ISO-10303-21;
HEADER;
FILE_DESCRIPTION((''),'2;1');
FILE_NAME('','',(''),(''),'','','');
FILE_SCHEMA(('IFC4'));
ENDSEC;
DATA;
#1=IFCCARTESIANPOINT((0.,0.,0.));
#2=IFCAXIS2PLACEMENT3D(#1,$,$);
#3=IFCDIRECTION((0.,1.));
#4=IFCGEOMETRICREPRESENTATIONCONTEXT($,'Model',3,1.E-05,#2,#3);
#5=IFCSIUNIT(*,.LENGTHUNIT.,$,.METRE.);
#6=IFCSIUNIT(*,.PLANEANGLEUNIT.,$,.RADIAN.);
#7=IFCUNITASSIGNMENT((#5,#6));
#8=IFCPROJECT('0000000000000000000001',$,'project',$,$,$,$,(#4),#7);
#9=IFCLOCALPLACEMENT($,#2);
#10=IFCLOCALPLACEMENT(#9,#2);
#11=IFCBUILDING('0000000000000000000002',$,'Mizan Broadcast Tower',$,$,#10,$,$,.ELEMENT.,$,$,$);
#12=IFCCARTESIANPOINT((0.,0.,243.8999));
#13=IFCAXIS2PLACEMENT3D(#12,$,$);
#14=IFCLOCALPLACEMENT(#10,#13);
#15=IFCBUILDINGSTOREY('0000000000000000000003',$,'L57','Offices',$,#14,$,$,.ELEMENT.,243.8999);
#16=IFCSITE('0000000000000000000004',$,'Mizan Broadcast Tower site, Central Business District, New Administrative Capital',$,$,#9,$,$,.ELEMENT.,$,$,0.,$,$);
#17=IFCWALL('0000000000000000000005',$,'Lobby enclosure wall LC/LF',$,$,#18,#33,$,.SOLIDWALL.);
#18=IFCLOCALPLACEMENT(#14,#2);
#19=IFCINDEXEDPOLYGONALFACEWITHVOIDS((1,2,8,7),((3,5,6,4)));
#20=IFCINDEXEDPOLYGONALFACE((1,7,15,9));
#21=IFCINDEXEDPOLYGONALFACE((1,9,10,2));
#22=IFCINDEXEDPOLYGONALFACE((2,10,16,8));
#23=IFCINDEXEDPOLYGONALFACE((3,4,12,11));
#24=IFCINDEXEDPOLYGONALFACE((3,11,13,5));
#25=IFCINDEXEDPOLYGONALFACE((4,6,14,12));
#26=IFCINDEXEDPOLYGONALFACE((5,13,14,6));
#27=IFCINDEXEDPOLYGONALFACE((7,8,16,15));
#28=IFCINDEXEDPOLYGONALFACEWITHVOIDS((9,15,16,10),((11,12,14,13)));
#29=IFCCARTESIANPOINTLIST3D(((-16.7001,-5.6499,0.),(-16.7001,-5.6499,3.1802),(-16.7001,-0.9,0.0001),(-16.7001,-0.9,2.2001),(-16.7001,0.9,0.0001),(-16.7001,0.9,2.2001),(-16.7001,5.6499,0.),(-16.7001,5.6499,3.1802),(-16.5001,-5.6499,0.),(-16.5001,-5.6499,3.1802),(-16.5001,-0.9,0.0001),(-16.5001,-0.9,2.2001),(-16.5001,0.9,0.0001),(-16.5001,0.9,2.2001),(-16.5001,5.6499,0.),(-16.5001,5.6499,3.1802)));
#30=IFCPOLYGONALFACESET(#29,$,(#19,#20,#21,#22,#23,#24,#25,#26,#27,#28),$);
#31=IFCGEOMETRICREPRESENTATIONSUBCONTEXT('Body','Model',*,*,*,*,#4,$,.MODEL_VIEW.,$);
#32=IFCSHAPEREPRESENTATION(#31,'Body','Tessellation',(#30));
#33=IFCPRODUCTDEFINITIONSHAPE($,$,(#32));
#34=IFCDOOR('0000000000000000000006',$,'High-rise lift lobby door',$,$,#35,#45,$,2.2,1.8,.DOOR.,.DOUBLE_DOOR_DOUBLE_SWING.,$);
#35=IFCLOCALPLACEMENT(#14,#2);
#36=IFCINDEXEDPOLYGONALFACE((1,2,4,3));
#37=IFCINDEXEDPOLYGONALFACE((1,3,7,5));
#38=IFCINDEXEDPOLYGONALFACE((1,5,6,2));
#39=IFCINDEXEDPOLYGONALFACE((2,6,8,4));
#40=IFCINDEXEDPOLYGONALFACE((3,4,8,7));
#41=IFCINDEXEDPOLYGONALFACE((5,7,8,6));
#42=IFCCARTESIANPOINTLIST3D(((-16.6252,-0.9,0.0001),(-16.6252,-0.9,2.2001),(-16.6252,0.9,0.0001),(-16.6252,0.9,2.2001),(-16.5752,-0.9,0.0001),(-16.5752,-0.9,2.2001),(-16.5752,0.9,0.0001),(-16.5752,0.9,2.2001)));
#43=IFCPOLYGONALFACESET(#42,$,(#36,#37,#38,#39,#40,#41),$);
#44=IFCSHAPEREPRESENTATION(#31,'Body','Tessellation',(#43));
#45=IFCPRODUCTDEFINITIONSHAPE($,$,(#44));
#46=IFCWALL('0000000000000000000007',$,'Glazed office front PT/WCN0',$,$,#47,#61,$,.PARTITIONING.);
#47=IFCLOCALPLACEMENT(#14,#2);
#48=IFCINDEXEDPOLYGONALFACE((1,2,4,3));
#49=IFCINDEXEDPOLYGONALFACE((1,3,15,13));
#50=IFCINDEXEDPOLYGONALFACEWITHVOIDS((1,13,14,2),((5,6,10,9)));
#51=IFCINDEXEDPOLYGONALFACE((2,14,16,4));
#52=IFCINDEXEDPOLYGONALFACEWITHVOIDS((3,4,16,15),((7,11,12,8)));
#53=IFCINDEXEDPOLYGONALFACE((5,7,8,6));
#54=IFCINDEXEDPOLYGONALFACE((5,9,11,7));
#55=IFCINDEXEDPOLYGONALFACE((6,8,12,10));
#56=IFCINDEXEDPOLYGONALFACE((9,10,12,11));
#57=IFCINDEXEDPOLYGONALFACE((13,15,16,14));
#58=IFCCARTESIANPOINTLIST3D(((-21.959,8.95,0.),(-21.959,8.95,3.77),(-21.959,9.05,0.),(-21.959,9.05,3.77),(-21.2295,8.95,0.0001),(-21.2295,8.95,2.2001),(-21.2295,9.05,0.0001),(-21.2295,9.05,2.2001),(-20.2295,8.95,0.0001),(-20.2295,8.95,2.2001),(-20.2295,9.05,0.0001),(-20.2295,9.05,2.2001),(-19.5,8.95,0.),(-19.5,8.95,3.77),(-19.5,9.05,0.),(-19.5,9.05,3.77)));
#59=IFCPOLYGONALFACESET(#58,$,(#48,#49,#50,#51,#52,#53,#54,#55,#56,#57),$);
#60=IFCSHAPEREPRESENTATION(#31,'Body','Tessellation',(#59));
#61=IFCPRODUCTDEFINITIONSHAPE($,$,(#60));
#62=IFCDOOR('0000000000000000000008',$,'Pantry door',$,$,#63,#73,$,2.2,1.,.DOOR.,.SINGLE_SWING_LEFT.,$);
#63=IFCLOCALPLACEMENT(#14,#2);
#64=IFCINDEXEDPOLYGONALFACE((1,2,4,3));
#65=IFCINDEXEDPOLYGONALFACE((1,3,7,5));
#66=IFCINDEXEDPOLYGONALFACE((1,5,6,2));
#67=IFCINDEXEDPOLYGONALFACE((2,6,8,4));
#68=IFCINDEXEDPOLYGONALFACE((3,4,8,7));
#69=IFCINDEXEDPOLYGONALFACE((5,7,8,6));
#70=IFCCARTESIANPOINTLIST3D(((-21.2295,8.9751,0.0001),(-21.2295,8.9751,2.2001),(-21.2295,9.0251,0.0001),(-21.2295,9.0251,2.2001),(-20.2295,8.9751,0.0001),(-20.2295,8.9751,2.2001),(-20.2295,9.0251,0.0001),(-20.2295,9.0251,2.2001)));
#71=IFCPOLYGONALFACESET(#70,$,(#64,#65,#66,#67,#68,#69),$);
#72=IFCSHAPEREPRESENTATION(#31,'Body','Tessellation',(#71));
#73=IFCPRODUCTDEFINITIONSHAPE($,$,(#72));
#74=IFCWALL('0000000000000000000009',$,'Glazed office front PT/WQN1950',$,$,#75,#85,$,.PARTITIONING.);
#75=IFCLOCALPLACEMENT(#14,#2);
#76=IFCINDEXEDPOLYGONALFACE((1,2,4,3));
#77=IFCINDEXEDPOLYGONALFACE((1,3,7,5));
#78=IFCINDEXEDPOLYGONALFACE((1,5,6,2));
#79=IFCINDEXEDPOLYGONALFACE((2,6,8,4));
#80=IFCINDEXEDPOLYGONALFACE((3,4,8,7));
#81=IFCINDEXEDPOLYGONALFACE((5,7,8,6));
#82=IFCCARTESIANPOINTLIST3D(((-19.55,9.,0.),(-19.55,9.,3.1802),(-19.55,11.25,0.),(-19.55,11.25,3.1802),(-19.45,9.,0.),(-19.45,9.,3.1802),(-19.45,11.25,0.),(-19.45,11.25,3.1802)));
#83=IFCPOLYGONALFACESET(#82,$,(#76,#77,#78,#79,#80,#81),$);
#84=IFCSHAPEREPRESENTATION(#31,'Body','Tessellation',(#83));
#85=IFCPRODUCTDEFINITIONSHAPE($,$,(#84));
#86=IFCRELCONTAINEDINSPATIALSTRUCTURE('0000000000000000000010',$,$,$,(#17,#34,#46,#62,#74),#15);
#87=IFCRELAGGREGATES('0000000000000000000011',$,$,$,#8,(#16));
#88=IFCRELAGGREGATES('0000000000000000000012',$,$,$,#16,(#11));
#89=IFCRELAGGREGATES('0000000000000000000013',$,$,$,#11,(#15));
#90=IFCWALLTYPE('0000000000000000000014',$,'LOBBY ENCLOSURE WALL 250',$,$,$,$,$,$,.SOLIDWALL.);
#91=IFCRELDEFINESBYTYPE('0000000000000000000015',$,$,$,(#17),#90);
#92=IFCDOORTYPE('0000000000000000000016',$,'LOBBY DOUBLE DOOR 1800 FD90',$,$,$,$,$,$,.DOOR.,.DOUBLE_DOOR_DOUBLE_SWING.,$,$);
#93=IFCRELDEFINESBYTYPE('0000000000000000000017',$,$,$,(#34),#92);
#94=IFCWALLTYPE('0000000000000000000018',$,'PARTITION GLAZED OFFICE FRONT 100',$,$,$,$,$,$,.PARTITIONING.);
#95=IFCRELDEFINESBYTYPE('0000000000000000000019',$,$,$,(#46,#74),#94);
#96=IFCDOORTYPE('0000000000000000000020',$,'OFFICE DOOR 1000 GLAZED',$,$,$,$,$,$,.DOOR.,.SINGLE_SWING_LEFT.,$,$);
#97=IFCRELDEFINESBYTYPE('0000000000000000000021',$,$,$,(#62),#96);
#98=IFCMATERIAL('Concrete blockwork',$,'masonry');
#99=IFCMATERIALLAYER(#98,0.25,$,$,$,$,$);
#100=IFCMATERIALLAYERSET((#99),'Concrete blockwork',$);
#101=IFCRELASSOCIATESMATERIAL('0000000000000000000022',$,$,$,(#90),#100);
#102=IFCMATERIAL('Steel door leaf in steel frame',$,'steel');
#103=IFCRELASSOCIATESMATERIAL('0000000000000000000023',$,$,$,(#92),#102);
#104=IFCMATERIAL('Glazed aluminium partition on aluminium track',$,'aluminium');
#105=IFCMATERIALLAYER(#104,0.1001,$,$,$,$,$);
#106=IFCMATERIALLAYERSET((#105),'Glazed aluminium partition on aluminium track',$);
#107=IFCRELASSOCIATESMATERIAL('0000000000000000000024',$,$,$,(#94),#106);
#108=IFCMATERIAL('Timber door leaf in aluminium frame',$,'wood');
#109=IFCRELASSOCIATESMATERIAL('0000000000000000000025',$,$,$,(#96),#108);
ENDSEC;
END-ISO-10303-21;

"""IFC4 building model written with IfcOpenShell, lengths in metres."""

from ifc_helpers import new_model, si_unit, direction, frame, frame_2d, origin, place, context, subcontext, project, spatial, rectangle, extrude, material, layer, layer_set, type_object, element, fill, save


model = new_model("IFC4")

# Units and contexts
model_context = context("Model", 3, precision=1e-05, world=origin(), true_north=direction((0.0, 1.0)))
body_context = subcontext(model_context, "Body", "Model", "MODEL_VIEW")
ifc_project = project(units=[si_unit("LENGTHUNIT", "METRE"), si_unit("PLANEANGLEUNIT", "RADIAN")], contexts=[model_context])

# Site, building, storey
site_placement = place(None, origin())
site = spatial("IfcSite", under=ifc_project, at=site_placement, Name="Mizan Broadcast Tower site, Central Business District, New Administrative Capital", CompositionType="ELEMENT", RefElevation=0.0)
building_placement = place(site_placement, origin())
building = spatial("IfcBuilding", under=site, at=building_placement, Name="Mizan Broadcast Tower", CompositionType="ELEMENT")
storey_placement = place(building_placement, frame((0.0, 0.0, 243.8999)))
storey = spatial("IfcBuildingStorey", under=building, at=storey_placement, Name="L57", Description="Offices", CompositionType="ELEMENT", Elevation=243.8999)

# Walls, openings, doors
ifc_material_1 = material(Name="Concrete blockwork", Category="masonry")
ifc_layer_1 = layer(ifc_material_1, 0.25)
ifc_layer_set_1 = layer_set([ifc_layer_1], Name="Concrete blockwork")
wall_type_1 = type_object("IfcWallType", Name="LOBBY ENCLOSURE WALL 250", PredefinedType="SOLIDWALL", material=ifc_layer_set_1)
wall_1_placement = place(storey_placement, frame((-16.6001, 5.6499, 0.0), z_axis=(0.0, 0.0, 1.0), x_axis=(0.0, -1.0, 0.0)))
wall_1 = element("IfcWall", 1, at=wall_1_placement, inside=storey, type_object=wall_type_1, Name="Lobby enclosure wall LC/LF", PredefinedType="SOLIDWALL", context=body_context, shape_type="SweptSolid", body=[
    extrude(rectangle(XDim=11.2998, YDim=0.2, at=frame_2d((5.6499, 0.0))), origin(), (0.0, 0.0, 1.0), 3.1802),
])
opening_1_placement = place(wall_1_placement, frame((4.75, 0.0, 0.0)))
opening_1 = element("IfcOpeningElement", 2, at=opening_1_placement, cuts=wall_1, PredefinedType="OPENING", context=body_context, shape_type="SweptSolid", body=[
    extrude(rectangle(XDim=1.8, YDim=2.2, at=frame_2d((0.8999, 1.1001))), frame((0.0, 0.1099, 0.0), z_axis=(0.0, -1.0, 0.0), x_axis=(1.0, 0.0, 0.0)), (0.0, 0.0, 1.0), 0.22),
])
ifc_material_2 = material(Name="Steel door leaf in steel frame", Category="steel")
door_type_1 = type_object("IfcDoorType", Name="LOBBY DOUBLE DOOR 1800 FD90", OperationType="DOUBLE_DOOR_DOUBLE_SWING", PredefinedType="DOOR", material=ifc_material_2)
door_1_placement = place(opening_1_placement, origin())
door_1 = element("IfcDoor", 3, at=door_1_placement, inside=storey, type_object=door_type_1, Name="High-rise lift lobby door", OperationType="DOUBLE_DOOR_DOUBLE_SWING", OverallHeight=2.2, OverallWidth=1.8, PredefinedType="DOOR", context=body_context, shape_type="SweptSolid", body=[
    extrude(rectangle(XDim=1.8, YDim=2.2, at=frame_2d((0.8999, 1.1001))), frame((0.0, 0.0249, 0.0), z_axis=(0.0, -1.0, 0.0), x_axis=(1.0, 0.0, 0.0)), (0.0, 0.0, 1.0), 0.05),
])
fill(opening_1, door_1)
ifc_material_3 = material(Name="Glazed aluminium partition on aluminium track", Category="aluminium")
ifc_layer_2 = layer(ifc_material_3, 0.1001)
ifc_layer_set_2 = layer_set([ifc_layer_2], Name="Glazed aluminium partition on aluminium track")
wall_type_2 = type_object("IfcWallType", Name="PARTITION GLAZED OFFICE FRONT 100", PredefinedType="PARTITIONING", material=ifc_layer_set_2)
wall_2_placement = place(storey_placement, frame((-19.5, 9.0, 0.0), z_axis=(0.0, 0.0, 1.0), x_axis=(-1.0, 0.0, 0.0)))
wall_2 = element("IfcWall", 4, at=wall_2_placement, inside=storey, type_object=wall_type_2, Name="Glazed office front PT/WCN0", PredefinedType="PARTITIONING", context=body_context, shape_type="SweptSolid", body=[
    extrude(rectangle(XDim=2.459, YDim=0.1001, at=frame_2d((1.2295, 0.0))), origin(), (0.0, 0.0, 1.0), 3.77),
])
opening_2_placement = place(wall_2_placement, frame((0.7295, 0.0, 0.0)))
opening_2 = element("IfcOpeningElement", 5, at=opening_2_placement, cuts=wall_2, PredefinedType="OPENING", context=body_context, shape_type="SweptSolid", body=[
    extrude(rectangle(XDim=1.0, YDim=2.2, at=frame_2d((0.5, 1.1001))), frame((0.0, 0.0601, 0.0), z_axis=(0.0, -1.0, 0.0), x_axis=(1.0, 0.0, 0.0)), (0.0, 0.0, 1.0), 0.1201),
])
ifc_material_4 = material(Name="Timber door leaf in aluminium frame", Category="wood")
door_type_2 = type_object("IfcDoorType", Name="OFFICE DOOR 1000 GLAZED", OperationType="SINGLE_SWING_LEFT", PredefinedType="DOOR", material=ifc_material_4)
door_2_placement = place(opening_2_placement, origin())
door_2 = element("IfcDoor", 6, at=door_2_placement, inside=storey, type_object=door_type_2, Name="Pantry door", OperationType="SINGLE_SWING_LEFT", OverallHeight=2.2, OverallWidth=1.0, PredefinedType="DOOR", context=body_context, shape_type="SweptSolid", body=[
    extrude(rectangle(XDim=1.0, YDim=2.2, at=frame_2d((0.5, 1.1001))), frame((0.0, 0.0249, 0.0), z_axis=(0.0, -1.0, 0.0), x_axis=(1.0, 0.0, 0.0)), (0.0, 0.0, 1.0), 0.05),
])
fill(opening_2, door_2)

# Wall
wall_3_placement = place(storey_placement, frame((-19.5, 9.0, 0.0), z_axis=(0.0, 0.0, 1.0), x_axis=(0.0, 1.0, 0.0)))
element("IfcWall", 7, at=wall_3_placement, inside=storey, type_object=wall_type_2, Name="Glazed office front PT/WQN1950", PredefinedType="PARTITIONING", context=body_context, shape_type="SweptSolid", body=[
    extrude(rectangle(XDim=2.25, YDim=0.1001, at=frame_2d((1.125, 0.0))), origin(), (0.0, 0.0, 1.0), 3.1802),
])

save(model, "model.ifc")
